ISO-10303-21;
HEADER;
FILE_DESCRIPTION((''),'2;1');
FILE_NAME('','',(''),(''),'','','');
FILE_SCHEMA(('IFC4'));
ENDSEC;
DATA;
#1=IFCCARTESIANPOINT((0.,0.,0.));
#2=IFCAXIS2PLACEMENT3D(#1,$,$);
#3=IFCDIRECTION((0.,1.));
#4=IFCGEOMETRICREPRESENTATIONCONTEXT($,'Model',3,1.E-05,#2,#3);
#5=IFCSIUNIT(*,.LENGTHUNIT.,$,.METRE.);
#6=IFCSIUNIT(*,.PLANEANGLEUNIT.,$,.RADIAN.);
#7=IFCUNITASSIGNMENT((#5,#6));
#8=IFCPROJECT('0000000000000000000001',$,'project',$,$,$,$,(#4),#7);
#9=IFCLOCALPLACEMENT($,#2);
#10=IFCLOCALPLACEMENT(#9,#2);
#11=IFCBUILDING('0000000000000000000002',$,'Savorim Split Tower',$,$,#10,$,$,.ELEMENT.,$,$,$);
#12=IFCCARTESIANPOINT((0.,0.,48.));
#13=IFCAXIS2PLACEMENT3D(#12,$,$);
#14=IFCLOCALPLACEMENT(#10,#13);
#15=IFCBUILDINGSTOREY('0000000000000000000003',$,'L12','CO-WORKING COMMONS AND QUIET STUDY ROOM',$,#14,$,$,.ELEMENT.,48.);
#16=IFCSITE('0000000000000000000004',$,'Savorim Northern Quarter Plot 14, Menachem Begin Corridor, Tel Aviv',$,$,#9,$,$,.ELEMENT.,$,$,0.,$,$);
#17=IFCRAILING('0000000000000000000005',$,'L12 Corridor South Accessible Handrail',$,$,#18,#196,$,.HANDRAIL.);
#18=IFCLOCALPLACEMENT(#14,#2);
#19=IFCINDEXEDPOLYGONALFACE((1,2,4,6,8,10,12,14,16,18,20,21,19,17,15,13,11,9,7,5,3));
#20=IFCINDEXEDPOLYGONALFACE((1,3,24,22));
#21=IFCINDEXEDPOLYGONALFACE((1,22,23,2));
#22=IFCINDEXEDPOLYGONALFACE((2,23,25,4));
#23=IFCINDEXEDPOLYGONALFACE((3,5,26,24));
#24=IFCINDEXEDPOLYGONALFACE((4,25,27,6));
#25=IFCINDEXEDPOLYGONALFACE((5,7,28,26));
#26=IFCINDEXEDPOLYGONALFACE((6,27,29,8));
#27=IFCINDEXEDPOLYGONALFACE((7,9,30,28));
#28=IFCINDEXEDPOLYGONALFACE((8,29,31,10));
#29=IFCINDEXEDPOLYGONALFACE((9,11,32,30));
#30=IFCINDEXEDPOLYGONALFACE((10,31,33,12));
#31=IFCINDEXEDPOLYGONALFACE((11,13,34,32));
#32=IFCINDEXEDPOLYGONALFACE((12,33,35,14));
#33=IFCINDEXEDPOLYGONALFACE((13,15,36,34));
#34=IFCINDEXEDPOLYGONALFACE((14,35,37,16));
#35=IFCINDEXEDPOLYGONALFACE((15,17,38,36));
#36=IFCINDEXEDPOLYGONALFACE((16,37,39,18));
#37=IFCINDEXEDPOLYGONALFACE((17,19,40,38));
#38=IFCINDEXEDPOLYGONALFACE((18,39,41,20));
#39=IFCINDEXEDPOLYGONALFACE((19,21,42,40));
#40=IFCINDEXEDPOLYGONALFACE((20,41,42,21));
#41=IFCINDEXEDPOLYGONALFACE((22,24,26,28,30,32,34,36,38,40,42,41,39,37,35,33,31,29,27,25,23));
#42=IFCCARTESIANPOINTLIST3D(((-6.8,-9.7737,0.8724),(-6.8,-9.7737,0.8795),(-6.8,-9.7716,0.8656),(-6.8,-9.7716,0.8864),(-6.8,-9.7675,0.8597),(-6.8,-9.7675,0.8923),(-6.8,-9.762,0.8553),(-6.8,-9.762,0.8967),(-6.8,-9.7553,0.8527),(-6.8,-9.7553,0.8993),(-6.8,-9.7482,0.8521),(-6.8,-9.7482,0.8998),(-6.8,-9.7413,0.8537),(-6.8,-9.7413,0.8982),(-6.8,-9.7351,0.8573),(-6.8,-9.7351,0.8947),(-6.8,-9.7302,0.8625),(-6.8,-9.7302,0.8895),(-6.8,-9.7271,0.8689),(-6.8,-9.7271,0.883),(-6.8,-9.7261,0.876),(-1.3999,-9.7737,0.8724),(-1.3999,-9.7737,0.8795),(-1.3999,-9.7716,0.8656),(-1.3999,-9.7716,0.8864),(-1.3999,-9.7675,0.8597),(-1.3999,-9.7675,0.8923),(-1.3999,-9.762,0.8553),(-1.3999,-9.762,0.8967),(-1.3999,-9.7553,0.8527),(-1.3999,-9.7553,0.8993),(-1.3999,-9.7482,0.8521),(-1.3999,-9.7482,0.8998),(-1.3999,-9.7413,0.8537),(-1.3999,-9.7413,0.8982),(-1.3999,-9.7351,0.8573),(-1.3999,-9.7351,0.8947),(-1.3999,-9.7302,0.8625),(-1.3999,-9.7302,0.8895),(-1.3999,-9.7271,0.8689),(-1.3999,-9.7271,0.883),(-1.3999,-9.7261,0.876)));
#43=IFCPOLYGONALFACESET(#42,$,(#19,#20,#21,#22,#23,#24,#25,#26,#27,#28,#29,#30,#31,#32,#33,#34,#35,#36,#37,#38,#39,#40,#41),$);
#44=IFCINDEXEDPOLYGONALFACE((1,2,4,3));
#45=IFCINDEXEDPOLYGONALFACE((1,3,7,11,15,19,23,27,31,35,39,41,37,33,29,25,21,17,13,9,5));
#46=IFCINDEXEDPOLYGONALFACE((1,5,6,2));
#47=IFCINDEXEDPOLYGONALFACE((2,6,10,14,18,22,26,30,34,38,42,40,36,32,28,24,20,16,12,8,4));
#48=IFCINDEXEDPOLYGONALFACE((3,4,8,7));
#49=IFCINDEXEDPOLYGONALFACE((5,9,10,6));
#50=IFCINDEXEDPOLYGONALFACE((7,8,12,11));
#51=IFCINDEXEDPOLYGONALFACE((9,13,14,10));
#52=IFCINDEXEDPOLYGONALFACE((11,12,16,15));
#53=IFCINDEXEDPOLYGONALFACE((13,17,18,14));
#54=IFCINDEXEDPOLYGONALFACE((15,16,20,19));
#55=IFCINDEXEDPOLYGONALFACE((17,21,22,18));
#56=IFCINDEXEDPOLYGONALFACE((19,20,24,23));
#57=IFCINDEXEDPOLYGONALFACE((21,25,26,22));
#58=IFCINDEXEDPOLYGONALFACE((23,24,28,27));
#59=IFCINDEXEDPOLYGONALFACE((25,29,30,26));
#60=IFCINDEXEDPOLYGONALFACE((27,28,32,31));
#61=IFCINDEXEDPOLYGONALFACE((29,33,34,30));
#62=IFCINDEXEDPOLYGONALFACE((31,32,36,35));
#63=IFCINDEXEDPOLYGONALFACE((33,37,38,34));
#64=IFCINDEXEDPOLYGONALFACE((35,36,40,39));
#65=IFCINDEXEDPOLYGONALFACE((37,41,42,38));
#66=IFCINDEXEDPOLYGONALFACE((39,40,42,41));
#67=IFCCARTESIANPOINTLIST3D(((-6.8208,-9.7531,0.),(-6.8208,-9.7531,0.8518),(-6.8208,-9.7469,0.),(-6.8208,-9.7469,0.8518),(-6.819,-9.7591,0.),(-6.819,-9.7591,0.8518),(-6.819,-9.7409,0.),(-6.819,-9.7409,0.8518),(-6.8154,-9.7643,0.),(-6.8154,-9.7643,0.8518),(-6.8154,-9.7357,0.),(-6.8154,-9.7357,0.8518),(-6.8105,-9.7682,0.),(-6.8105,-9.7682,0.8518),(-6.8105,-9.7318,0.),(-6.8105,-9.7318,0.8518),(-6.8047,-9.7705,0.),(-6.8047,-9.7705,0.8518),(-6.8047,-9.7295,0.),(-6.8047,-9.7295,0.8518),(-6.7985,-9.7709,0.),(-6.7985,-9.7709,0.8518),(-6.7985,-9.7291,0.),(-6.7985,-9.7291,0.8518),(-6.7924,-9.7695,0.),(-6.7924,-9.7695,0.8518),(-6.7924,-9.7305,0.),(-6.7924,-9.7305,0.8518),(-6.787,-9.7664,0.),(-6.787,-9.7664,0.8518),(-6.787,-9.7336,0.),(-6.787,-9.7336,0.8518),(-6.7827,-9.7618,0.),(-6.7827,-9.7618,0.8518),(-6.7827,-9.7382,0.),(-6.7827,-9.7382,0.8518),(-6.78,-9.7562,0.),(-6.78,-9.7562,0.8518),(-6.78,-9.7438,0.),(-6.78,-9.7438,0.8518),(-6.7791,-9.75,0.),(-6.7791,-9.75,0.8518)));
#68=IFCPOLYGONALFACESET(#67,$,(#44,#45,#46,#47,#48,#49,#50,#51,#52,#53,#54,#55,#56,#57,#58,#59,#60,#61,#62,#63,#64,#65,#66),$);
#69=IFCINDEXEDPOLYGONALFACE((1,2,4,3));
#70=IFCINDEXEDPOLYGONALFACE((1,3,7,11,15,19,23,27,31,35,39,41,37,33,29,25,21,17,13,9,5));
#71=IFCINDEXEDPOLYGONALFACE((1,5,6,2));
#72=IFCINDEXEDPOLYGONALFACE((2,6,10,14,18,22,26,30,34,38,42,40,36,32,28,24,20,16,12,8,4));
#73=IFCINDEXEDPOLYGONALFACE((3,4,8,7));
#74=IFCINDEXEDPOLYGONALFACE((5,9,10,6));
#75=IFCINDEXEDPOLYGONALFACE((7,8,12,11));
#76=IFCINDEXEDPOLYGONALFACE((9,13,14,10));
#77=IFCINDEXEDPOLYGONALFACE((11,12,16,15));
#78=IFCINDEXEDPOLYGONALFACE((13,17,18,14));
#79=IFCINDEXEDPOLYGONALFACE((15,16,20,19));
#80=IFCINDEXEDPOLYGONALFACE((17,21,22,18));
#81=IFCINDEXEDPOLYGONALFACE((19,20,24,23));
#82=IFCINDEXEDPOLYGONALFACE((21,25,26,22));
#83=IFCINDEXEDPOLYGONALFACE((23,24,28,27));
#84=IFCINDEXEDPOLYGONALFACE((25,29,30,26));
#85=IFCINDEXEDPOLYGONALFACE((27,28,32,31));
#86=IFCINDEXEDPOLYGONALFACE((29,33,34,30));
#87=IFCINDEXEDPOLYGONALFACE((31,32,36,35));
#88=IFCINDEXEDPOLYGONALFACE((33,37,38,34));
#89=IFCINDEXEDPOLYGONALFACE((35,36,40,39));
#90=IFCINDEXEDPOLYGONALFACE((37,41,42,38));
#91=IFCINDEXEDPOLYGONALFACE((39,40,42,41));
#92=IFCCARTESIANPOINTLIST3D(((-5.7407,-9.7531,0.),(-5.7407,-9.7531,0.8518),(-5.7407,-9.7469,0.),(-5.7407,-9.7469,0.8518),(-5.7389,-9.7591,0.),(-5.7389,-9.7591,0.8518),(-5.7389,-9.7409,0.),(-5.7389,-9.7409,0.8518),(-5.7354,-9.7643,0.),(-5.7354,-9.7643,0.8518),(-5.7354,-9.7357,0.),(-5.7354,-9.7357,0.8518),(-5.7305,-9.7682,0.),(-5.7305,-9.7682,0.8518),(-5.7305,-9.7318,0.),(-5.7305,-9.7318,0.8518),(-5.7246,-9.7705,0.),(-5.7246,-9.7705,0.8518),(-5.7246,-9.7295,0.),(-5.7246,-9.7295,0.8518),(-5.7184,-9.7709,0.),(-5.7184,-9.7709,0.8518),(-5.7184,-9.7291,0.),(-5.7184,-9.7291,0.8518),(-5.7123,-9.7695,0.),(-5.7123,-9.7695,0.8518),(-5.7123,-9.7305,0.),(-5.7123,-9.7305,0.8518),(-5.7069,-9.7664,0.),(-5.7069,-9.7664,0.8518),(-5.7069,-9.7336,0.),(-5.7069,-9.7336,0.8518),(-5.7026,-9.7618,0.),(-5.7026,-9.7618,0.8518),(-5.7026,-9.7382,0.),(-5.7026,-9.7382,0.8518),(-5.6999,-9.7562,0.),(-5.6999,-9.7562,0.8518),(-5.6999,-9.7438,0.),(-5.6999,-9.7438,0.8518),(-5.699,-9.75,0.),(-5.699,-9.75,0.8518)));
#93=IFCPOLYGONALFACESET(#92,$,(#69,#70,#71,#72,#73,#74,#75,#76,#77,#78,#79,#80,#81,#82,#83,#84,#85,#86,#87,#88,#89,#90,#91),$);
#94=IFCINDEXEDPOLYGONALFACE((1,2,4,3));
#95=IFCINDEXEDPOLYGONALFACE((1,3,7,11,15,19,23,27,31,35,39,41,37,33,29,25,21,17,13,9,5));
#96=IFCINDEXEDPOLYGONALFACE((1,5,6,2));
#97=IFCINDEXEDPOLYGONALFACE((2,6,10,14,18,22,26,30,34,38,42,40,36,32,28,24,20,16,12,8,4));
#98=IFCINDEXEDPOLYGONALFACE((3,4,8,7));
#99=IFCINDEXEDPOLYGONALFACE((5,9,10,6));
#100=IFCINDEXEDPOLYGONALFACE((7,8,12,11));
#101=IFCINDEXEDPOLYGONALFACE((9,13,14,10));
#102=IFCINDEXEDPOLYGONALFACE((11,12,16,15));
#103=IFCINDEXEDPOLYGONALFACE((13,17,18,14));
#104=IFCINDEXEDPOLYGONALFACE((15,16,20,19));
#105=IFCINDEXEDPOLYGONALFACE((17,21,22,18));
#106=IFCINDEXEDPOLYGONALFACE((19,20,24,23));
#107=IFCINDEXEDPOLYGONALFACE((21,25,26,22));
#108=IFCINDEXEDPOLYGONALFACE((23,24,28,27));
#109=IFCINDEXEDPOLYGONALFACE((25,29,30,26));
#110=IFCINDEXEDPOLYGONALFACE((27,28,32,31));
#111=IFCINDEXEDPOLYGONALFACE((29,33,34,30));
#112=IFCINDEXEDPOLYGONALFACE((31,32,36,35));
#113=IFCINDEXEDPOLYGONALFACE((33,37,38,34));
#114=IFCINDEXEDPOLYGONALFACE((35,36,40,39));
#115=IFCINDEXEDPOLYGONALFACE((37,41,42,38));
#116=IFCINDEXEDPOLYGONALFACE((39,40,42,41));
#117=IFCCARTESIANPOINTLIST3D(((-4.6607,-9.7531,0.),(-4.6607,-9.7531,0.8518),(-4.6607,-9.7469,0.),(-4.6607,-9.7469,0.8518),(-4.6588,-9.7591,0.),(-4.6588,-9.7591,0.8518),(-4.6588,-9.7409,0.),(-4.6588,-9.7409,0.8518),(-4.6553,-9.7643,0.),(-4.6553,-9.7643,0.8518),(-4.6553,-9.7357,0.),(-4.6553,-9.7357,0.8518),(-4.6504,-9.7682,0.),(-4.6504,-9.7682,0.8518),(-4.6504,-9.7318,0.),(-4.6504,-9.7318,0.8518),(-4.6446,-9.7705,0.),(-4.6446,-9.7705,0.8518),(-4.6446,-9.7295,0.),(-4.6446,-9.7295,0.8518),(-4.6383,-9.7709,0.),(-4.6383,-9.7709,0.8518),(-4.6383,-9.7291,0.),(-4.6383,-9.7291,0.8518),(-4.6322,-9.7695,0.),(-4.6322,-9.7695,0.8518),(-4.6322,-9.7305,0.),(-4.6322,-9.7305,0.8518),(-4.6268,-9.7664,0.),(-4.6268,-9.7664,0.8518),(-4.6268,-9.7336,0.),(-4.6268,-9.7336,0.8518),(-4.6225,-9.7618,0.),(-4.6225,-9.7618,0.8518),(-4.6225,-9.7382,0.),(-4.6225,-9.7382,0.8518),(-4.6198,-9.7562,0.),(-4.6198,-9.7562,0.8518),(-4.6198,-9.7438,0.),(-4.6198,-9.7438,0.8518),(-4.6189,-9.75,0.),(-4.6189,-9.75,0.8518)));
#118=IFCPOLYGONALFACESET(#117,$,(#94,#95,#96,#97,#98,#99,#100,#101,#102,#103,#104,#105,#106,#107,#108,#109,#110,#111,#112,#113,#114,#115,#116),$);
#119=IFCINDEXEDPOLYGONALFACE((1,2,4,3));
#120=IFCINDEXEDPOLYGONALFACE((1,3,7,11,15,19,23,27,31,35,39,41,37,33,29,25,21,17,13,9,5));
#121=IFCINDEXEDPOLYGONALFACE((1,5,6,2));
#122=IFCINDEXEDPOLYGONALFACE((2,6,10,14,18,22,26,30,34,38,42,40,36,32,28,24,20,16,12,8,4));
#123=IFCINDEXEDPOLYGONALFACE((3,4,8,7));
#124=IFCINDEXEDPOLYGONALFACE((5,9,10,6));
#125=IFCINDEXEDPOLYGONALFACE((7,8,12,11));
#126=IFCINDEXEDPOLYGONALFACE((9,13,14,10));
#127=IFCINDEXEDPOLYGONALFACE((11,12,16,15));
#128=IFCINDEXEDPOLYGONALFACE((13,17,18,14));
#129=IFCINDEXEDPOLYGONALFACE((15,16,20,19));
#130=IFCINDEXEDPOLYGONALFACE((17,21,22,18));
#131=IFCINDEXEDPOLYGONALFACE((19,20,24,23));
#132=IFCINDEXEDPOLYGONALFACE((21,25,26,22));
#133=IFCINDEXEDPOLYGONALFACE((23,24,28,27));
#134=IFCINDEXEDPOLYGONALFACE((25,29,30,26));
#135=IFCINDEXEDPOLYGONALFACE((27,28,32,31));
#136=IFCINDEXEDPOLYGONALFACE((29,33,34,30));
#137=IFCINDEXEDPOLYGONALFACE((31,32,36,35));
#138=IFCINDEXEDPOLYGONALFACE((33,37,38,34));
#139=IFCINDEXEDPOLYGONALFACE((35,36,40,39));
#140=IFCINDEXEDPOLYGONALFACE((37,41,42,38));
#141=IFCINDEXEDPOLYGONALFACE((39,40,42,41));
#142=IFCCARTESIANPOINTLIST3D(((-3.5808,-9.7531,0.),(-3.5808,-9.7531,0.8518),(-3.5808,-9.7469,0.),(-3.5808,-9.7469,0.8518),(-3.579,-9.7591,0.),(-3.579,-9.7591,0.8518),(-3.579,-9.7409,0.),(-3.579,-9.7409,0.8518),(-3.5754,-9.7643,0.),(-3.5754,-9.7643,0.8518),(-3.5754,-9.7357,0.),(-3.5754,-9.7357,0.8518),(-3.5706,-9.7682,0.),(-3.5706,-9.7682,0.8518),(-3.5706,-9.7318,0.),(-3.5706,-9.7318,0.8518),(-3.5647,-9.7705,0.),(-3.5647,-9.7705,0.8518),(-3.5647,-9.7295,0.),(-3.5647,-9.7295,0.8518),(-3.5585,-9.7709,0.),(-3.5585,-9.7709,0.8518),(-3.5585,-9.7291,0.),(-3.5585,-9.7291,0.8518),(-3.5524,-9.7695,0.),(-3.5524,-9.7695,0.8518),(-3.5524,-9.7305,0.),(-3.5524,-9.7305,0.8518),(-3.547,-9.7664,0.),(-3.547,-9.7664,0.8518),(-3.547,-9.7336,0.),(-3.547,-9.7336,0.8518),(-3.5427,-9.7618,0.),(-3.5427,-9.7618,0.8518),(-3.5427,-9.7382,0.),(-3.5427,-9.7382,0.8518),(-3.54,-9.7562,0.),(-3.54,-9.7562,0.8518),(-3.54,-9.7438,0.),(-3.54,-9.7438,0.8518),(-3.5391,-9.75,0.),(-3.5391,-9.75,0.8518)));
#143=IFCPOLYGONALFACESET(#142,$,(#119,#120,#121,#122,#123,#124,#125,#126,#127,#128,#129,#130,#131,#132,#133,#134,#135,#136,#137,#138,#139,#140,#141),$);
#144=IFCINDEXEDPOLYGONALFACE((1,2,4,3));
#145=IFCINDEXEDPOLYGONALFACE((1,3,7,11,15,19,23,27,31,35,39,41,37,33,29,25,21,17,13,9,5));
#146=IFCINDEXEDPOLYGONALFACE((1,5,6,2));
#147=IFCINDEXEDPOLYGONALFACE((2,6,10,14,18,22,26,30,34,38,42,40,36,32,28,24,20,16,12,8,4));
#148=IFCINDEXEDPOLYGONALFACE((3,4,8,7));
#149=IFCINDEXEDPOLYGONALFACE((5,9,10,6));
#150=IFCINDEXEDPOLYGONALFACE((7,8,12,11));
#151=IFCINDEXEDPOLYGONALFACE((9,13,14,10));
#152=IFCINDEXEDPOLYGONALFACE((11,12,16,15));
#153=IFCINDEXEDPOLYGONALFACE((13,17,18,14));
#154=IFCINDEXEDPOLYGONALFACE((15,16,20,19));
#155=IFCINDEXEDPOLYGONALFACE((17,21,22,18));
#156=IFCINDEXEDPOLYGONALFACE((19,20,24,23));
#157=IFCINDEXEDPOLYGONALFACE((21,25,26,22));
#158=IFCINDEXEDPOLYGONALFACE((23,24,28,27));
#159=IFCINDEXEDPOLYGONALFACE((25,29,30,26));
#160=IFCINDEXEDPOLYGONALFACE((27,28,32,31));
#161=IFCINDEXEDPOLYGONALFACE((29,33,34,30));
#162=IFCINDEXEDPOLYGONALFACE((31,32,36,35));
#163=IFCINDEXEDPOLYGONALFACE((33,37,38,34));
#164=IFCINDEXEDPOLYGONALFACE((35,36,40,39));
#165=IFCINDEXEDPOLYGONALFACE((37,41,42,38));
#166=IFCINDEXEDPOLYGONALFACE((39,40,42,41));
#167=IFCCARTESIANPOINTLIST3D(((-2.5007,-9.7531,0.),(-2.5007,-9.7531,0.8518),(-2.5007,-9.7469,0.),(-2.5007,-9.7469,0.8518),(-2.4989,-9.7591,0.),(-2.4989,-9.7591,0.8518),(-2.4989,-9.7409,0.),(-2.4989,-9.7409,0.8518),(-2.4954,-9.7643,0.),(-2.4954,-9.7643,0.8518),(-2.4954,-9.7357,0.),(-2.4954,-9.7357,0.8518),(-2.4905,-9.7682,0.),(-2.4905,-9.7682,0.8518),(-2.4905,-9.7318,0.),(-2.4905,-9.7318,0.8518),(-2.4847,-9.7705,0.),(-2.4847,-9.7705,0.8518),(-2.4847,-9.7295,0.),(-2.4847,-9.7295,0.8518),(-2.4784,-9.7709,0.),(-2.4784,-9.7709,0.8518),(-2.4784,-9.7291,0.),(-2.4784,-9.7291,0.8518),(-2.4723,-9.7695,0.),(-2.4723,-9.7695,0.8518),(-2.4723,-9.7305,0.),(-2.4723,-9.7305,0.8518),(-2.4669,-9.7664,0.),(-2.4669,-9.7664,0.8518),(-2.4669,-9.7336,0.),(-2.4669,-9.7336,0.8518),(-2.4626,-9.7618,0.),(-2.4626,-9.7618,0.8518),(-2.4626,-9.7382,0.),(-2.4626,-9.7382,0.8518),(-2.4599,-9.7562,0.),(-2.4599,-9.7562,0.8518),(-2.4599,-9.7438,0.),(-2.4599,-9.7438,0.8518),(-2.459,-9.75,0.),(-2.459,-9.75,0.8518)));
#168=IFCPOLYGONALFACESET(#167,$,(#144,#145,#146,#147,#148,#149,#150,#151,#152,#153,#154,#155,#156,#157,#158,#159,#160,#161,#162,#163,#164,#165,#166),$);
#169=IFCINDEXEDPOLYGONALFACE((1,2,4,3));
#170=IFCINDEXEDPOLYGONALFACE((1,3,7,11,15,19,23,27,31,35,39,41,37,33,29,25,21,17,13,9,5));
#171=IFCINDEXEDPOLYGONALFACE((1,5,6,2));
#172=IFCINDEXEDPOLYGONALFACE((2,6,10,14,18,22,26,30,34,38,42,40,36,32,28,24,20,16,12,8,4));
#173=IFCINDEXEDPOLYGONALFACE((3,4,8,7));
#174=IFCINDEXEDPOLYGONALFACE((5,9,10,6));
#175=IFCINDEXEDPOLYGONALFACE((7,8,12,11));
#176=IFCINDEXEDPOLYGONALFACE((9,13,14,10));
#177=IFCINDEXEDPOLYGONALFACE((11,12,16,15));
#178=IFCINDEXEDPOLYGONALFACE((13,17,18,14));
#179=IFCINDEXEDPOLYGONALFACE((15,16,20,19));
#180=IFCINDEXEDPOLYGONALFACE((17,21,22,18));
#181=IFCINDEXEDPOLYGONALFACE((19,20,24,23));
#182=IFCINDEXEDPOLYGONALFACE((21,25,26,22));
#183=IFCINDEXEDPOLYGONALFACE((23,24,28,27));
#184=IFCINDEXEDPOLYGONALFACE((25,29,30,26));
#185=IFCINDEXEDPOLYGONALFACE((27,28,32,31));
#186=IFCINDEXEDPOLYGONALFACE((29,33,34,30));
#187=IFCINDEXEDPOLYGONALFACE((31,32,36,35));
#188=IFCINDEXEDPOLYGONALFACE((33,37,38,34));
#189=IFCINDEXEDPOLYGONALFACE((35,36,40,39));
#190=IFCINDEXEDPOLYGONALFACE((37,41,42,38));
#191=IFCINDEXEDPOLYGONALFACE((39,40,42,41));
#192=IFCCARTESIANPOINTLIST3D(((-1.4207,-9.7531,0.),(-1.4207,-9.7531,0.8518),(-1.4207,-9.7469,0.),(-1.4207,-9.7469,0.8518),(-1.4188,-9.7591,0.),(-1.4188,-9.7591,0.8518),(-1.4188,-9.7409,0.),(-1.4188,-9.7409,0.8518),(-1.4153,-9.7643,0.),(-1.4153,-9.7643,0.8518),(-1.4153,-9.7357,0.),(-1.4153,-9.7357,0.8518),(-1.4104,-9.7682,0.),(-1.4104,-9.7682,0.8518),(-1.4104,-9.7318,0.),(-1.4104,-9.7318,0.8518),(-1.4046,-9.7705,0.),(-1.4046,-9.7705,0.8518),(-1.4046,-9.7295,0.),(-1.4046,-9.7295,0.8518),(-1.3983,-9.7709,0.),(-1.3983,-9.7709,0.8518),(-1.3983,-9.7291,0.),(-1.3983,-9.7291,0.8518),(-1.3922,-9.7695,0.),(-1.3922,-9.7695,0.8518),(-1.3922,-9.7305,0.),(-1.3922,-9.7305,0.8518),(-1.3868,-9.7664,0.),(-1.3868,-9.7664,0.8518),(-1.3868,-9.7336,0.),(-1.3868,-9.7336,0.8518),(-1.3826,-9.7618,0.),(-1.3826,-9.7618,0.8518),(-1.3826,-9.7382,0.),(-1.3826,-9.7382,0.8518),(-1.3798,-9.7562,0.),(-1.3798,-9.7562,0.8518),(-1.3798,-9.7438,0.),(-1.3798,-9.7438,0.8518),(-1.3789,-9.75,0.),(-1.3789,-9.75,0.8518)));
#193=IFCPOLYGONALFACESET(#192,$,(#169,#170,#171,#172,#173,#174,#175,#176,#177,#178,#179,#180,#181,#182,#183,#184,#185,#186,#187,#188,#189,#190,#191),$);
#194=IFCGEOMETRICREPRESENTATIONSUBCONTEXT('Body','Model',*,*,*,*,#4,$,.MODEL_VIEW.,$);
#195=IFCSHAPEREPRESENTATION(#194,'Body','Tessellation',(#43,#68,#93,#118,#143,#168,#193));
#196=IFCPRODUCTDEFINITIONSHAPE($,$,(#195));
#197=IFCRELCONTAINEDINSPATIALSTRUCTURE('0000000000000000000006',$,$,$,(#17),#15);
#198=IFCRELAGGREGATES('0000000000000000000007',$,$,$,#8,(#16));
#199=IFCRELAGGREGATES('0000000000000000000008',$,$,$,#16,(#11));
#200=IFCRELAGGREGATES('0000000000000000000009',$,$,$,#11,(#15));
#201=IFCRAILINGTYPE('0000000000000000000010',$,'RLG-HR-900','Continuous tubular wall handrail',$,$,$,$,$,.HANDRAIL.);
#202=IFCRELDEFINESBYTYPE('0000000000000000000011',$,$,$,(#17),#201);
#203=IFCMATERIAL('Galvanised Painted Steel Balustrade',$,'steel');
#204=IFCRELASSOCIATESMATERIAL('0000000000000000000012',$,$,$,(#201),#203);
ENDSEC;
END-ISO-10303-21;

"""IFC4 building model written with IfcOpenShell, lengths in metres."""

from ifc_helpers import new_model, si_unit, direction, frame, origin, origin_2d, place, context, subcontext, project, spatial, circle, extrude, material, type_object, element, save


model = new_model("IFC4")

# Units and contexts
model_context = context("Model", 3, precision=1e-05, world=origin(), true_north=direction((0.0, 1.0)))
body_context = subcontext(model_context, "Body", "Model", "MODEL_VIEW")
ifc_project = project(units=[si_unit("LENGTHUNIT", "METRE"), si_unit("PLANEANGLEUNIT", "RADIAN")], contexts=[model_context])

# Site, building, storey
site_placement = place(None, origin())
site = spatial("IfcSite", under=ifc_project, at=site_placement, Name="Savorim Northern Quarter Plot 14, Menachem Begin Corridor, Tel Aviv", CompositionType="ELEMENT", RefElevation=0.0)
building_placement = place(site_placement, origin())
building = spatial("IfcBuilding", under=site, at=building_placement, Name="Savorim Split Tower", CompositionType="ELEMENT")
storey_placement = place(building_placement, frame((0.0, 0.0, 48.0)))
storey = spatial("IfcBuildingStorey", under=building, at=storey_placement, Name="L12", Description="CO-WORKING COMMONS AND QUIET STUDY ROOM", CompositionType="ELEMENT", Elevation=48.0)

# Railing
ifc_material_1 = material(Name="Galvanised Painted Steel Balustrade", Category="steel")
railing_type_1 = type_object("IfcRailingType", Name="RLG-HR-900", Description="Continuous tubular wall handrail", PredefinedType="HANDRAIL", material=ifc_material_1)
railing_1_placement = place(storey_placement, frame((-6.8, -9.75, 0.0)))
element("IfcRailing", 1, at=railing_1_placement, inside=storey, type_object=railing_type_1, Name="L12 Corridor South Accessible Handrail", PredefinedType="HANDRAIL", context=body_context, shape_type="SweptSolid", body=[
    extrude(circle(Radius=0.0239, at=origin_2d()), frame((0.0, 0.0, 0.876), z_axis=(1.0, 0.0, 0.0), x_axis=(0.0, 1.0, 0.0)), (0.0, 0.0, 1.0), 5.4001),
    extrude(circle(Radius=0.021, at=origin_2d()), origin(), (0.0, 0.0, 1.0), 0.8518),
    extrude(circle(Radius=0.021, at=origin_2d()), frame((1.0801, 0.0, 0.0)), (0.0, 0.0, 1.0), 0.8518),
    extrude(circle(Radius=0.021, at=origin_2d()), frame((2.1602, 0.0, 0.0)), (0.0, 0.0, 1.0), 0.8518),
    extrude(circle(Radius=0.021, at=origin_2d()), frame((3.24, 0.0, 0.0)), (0.0, 0.0, 1.0), 0.8518),
    extrude(circle(Radius=0.021, at=origin_2d()), frame((4.3201, 0.0, 0.0)), (0.0, 0.0, 1.0), 0.8518),
    extrude(circle(Radius=0.021, at=origin_2d()), frame((5.4001, 0.0, 0.0)), (0.0, 0.0, 1.0), 0.8518),
])

save(model, "model.ifc")
